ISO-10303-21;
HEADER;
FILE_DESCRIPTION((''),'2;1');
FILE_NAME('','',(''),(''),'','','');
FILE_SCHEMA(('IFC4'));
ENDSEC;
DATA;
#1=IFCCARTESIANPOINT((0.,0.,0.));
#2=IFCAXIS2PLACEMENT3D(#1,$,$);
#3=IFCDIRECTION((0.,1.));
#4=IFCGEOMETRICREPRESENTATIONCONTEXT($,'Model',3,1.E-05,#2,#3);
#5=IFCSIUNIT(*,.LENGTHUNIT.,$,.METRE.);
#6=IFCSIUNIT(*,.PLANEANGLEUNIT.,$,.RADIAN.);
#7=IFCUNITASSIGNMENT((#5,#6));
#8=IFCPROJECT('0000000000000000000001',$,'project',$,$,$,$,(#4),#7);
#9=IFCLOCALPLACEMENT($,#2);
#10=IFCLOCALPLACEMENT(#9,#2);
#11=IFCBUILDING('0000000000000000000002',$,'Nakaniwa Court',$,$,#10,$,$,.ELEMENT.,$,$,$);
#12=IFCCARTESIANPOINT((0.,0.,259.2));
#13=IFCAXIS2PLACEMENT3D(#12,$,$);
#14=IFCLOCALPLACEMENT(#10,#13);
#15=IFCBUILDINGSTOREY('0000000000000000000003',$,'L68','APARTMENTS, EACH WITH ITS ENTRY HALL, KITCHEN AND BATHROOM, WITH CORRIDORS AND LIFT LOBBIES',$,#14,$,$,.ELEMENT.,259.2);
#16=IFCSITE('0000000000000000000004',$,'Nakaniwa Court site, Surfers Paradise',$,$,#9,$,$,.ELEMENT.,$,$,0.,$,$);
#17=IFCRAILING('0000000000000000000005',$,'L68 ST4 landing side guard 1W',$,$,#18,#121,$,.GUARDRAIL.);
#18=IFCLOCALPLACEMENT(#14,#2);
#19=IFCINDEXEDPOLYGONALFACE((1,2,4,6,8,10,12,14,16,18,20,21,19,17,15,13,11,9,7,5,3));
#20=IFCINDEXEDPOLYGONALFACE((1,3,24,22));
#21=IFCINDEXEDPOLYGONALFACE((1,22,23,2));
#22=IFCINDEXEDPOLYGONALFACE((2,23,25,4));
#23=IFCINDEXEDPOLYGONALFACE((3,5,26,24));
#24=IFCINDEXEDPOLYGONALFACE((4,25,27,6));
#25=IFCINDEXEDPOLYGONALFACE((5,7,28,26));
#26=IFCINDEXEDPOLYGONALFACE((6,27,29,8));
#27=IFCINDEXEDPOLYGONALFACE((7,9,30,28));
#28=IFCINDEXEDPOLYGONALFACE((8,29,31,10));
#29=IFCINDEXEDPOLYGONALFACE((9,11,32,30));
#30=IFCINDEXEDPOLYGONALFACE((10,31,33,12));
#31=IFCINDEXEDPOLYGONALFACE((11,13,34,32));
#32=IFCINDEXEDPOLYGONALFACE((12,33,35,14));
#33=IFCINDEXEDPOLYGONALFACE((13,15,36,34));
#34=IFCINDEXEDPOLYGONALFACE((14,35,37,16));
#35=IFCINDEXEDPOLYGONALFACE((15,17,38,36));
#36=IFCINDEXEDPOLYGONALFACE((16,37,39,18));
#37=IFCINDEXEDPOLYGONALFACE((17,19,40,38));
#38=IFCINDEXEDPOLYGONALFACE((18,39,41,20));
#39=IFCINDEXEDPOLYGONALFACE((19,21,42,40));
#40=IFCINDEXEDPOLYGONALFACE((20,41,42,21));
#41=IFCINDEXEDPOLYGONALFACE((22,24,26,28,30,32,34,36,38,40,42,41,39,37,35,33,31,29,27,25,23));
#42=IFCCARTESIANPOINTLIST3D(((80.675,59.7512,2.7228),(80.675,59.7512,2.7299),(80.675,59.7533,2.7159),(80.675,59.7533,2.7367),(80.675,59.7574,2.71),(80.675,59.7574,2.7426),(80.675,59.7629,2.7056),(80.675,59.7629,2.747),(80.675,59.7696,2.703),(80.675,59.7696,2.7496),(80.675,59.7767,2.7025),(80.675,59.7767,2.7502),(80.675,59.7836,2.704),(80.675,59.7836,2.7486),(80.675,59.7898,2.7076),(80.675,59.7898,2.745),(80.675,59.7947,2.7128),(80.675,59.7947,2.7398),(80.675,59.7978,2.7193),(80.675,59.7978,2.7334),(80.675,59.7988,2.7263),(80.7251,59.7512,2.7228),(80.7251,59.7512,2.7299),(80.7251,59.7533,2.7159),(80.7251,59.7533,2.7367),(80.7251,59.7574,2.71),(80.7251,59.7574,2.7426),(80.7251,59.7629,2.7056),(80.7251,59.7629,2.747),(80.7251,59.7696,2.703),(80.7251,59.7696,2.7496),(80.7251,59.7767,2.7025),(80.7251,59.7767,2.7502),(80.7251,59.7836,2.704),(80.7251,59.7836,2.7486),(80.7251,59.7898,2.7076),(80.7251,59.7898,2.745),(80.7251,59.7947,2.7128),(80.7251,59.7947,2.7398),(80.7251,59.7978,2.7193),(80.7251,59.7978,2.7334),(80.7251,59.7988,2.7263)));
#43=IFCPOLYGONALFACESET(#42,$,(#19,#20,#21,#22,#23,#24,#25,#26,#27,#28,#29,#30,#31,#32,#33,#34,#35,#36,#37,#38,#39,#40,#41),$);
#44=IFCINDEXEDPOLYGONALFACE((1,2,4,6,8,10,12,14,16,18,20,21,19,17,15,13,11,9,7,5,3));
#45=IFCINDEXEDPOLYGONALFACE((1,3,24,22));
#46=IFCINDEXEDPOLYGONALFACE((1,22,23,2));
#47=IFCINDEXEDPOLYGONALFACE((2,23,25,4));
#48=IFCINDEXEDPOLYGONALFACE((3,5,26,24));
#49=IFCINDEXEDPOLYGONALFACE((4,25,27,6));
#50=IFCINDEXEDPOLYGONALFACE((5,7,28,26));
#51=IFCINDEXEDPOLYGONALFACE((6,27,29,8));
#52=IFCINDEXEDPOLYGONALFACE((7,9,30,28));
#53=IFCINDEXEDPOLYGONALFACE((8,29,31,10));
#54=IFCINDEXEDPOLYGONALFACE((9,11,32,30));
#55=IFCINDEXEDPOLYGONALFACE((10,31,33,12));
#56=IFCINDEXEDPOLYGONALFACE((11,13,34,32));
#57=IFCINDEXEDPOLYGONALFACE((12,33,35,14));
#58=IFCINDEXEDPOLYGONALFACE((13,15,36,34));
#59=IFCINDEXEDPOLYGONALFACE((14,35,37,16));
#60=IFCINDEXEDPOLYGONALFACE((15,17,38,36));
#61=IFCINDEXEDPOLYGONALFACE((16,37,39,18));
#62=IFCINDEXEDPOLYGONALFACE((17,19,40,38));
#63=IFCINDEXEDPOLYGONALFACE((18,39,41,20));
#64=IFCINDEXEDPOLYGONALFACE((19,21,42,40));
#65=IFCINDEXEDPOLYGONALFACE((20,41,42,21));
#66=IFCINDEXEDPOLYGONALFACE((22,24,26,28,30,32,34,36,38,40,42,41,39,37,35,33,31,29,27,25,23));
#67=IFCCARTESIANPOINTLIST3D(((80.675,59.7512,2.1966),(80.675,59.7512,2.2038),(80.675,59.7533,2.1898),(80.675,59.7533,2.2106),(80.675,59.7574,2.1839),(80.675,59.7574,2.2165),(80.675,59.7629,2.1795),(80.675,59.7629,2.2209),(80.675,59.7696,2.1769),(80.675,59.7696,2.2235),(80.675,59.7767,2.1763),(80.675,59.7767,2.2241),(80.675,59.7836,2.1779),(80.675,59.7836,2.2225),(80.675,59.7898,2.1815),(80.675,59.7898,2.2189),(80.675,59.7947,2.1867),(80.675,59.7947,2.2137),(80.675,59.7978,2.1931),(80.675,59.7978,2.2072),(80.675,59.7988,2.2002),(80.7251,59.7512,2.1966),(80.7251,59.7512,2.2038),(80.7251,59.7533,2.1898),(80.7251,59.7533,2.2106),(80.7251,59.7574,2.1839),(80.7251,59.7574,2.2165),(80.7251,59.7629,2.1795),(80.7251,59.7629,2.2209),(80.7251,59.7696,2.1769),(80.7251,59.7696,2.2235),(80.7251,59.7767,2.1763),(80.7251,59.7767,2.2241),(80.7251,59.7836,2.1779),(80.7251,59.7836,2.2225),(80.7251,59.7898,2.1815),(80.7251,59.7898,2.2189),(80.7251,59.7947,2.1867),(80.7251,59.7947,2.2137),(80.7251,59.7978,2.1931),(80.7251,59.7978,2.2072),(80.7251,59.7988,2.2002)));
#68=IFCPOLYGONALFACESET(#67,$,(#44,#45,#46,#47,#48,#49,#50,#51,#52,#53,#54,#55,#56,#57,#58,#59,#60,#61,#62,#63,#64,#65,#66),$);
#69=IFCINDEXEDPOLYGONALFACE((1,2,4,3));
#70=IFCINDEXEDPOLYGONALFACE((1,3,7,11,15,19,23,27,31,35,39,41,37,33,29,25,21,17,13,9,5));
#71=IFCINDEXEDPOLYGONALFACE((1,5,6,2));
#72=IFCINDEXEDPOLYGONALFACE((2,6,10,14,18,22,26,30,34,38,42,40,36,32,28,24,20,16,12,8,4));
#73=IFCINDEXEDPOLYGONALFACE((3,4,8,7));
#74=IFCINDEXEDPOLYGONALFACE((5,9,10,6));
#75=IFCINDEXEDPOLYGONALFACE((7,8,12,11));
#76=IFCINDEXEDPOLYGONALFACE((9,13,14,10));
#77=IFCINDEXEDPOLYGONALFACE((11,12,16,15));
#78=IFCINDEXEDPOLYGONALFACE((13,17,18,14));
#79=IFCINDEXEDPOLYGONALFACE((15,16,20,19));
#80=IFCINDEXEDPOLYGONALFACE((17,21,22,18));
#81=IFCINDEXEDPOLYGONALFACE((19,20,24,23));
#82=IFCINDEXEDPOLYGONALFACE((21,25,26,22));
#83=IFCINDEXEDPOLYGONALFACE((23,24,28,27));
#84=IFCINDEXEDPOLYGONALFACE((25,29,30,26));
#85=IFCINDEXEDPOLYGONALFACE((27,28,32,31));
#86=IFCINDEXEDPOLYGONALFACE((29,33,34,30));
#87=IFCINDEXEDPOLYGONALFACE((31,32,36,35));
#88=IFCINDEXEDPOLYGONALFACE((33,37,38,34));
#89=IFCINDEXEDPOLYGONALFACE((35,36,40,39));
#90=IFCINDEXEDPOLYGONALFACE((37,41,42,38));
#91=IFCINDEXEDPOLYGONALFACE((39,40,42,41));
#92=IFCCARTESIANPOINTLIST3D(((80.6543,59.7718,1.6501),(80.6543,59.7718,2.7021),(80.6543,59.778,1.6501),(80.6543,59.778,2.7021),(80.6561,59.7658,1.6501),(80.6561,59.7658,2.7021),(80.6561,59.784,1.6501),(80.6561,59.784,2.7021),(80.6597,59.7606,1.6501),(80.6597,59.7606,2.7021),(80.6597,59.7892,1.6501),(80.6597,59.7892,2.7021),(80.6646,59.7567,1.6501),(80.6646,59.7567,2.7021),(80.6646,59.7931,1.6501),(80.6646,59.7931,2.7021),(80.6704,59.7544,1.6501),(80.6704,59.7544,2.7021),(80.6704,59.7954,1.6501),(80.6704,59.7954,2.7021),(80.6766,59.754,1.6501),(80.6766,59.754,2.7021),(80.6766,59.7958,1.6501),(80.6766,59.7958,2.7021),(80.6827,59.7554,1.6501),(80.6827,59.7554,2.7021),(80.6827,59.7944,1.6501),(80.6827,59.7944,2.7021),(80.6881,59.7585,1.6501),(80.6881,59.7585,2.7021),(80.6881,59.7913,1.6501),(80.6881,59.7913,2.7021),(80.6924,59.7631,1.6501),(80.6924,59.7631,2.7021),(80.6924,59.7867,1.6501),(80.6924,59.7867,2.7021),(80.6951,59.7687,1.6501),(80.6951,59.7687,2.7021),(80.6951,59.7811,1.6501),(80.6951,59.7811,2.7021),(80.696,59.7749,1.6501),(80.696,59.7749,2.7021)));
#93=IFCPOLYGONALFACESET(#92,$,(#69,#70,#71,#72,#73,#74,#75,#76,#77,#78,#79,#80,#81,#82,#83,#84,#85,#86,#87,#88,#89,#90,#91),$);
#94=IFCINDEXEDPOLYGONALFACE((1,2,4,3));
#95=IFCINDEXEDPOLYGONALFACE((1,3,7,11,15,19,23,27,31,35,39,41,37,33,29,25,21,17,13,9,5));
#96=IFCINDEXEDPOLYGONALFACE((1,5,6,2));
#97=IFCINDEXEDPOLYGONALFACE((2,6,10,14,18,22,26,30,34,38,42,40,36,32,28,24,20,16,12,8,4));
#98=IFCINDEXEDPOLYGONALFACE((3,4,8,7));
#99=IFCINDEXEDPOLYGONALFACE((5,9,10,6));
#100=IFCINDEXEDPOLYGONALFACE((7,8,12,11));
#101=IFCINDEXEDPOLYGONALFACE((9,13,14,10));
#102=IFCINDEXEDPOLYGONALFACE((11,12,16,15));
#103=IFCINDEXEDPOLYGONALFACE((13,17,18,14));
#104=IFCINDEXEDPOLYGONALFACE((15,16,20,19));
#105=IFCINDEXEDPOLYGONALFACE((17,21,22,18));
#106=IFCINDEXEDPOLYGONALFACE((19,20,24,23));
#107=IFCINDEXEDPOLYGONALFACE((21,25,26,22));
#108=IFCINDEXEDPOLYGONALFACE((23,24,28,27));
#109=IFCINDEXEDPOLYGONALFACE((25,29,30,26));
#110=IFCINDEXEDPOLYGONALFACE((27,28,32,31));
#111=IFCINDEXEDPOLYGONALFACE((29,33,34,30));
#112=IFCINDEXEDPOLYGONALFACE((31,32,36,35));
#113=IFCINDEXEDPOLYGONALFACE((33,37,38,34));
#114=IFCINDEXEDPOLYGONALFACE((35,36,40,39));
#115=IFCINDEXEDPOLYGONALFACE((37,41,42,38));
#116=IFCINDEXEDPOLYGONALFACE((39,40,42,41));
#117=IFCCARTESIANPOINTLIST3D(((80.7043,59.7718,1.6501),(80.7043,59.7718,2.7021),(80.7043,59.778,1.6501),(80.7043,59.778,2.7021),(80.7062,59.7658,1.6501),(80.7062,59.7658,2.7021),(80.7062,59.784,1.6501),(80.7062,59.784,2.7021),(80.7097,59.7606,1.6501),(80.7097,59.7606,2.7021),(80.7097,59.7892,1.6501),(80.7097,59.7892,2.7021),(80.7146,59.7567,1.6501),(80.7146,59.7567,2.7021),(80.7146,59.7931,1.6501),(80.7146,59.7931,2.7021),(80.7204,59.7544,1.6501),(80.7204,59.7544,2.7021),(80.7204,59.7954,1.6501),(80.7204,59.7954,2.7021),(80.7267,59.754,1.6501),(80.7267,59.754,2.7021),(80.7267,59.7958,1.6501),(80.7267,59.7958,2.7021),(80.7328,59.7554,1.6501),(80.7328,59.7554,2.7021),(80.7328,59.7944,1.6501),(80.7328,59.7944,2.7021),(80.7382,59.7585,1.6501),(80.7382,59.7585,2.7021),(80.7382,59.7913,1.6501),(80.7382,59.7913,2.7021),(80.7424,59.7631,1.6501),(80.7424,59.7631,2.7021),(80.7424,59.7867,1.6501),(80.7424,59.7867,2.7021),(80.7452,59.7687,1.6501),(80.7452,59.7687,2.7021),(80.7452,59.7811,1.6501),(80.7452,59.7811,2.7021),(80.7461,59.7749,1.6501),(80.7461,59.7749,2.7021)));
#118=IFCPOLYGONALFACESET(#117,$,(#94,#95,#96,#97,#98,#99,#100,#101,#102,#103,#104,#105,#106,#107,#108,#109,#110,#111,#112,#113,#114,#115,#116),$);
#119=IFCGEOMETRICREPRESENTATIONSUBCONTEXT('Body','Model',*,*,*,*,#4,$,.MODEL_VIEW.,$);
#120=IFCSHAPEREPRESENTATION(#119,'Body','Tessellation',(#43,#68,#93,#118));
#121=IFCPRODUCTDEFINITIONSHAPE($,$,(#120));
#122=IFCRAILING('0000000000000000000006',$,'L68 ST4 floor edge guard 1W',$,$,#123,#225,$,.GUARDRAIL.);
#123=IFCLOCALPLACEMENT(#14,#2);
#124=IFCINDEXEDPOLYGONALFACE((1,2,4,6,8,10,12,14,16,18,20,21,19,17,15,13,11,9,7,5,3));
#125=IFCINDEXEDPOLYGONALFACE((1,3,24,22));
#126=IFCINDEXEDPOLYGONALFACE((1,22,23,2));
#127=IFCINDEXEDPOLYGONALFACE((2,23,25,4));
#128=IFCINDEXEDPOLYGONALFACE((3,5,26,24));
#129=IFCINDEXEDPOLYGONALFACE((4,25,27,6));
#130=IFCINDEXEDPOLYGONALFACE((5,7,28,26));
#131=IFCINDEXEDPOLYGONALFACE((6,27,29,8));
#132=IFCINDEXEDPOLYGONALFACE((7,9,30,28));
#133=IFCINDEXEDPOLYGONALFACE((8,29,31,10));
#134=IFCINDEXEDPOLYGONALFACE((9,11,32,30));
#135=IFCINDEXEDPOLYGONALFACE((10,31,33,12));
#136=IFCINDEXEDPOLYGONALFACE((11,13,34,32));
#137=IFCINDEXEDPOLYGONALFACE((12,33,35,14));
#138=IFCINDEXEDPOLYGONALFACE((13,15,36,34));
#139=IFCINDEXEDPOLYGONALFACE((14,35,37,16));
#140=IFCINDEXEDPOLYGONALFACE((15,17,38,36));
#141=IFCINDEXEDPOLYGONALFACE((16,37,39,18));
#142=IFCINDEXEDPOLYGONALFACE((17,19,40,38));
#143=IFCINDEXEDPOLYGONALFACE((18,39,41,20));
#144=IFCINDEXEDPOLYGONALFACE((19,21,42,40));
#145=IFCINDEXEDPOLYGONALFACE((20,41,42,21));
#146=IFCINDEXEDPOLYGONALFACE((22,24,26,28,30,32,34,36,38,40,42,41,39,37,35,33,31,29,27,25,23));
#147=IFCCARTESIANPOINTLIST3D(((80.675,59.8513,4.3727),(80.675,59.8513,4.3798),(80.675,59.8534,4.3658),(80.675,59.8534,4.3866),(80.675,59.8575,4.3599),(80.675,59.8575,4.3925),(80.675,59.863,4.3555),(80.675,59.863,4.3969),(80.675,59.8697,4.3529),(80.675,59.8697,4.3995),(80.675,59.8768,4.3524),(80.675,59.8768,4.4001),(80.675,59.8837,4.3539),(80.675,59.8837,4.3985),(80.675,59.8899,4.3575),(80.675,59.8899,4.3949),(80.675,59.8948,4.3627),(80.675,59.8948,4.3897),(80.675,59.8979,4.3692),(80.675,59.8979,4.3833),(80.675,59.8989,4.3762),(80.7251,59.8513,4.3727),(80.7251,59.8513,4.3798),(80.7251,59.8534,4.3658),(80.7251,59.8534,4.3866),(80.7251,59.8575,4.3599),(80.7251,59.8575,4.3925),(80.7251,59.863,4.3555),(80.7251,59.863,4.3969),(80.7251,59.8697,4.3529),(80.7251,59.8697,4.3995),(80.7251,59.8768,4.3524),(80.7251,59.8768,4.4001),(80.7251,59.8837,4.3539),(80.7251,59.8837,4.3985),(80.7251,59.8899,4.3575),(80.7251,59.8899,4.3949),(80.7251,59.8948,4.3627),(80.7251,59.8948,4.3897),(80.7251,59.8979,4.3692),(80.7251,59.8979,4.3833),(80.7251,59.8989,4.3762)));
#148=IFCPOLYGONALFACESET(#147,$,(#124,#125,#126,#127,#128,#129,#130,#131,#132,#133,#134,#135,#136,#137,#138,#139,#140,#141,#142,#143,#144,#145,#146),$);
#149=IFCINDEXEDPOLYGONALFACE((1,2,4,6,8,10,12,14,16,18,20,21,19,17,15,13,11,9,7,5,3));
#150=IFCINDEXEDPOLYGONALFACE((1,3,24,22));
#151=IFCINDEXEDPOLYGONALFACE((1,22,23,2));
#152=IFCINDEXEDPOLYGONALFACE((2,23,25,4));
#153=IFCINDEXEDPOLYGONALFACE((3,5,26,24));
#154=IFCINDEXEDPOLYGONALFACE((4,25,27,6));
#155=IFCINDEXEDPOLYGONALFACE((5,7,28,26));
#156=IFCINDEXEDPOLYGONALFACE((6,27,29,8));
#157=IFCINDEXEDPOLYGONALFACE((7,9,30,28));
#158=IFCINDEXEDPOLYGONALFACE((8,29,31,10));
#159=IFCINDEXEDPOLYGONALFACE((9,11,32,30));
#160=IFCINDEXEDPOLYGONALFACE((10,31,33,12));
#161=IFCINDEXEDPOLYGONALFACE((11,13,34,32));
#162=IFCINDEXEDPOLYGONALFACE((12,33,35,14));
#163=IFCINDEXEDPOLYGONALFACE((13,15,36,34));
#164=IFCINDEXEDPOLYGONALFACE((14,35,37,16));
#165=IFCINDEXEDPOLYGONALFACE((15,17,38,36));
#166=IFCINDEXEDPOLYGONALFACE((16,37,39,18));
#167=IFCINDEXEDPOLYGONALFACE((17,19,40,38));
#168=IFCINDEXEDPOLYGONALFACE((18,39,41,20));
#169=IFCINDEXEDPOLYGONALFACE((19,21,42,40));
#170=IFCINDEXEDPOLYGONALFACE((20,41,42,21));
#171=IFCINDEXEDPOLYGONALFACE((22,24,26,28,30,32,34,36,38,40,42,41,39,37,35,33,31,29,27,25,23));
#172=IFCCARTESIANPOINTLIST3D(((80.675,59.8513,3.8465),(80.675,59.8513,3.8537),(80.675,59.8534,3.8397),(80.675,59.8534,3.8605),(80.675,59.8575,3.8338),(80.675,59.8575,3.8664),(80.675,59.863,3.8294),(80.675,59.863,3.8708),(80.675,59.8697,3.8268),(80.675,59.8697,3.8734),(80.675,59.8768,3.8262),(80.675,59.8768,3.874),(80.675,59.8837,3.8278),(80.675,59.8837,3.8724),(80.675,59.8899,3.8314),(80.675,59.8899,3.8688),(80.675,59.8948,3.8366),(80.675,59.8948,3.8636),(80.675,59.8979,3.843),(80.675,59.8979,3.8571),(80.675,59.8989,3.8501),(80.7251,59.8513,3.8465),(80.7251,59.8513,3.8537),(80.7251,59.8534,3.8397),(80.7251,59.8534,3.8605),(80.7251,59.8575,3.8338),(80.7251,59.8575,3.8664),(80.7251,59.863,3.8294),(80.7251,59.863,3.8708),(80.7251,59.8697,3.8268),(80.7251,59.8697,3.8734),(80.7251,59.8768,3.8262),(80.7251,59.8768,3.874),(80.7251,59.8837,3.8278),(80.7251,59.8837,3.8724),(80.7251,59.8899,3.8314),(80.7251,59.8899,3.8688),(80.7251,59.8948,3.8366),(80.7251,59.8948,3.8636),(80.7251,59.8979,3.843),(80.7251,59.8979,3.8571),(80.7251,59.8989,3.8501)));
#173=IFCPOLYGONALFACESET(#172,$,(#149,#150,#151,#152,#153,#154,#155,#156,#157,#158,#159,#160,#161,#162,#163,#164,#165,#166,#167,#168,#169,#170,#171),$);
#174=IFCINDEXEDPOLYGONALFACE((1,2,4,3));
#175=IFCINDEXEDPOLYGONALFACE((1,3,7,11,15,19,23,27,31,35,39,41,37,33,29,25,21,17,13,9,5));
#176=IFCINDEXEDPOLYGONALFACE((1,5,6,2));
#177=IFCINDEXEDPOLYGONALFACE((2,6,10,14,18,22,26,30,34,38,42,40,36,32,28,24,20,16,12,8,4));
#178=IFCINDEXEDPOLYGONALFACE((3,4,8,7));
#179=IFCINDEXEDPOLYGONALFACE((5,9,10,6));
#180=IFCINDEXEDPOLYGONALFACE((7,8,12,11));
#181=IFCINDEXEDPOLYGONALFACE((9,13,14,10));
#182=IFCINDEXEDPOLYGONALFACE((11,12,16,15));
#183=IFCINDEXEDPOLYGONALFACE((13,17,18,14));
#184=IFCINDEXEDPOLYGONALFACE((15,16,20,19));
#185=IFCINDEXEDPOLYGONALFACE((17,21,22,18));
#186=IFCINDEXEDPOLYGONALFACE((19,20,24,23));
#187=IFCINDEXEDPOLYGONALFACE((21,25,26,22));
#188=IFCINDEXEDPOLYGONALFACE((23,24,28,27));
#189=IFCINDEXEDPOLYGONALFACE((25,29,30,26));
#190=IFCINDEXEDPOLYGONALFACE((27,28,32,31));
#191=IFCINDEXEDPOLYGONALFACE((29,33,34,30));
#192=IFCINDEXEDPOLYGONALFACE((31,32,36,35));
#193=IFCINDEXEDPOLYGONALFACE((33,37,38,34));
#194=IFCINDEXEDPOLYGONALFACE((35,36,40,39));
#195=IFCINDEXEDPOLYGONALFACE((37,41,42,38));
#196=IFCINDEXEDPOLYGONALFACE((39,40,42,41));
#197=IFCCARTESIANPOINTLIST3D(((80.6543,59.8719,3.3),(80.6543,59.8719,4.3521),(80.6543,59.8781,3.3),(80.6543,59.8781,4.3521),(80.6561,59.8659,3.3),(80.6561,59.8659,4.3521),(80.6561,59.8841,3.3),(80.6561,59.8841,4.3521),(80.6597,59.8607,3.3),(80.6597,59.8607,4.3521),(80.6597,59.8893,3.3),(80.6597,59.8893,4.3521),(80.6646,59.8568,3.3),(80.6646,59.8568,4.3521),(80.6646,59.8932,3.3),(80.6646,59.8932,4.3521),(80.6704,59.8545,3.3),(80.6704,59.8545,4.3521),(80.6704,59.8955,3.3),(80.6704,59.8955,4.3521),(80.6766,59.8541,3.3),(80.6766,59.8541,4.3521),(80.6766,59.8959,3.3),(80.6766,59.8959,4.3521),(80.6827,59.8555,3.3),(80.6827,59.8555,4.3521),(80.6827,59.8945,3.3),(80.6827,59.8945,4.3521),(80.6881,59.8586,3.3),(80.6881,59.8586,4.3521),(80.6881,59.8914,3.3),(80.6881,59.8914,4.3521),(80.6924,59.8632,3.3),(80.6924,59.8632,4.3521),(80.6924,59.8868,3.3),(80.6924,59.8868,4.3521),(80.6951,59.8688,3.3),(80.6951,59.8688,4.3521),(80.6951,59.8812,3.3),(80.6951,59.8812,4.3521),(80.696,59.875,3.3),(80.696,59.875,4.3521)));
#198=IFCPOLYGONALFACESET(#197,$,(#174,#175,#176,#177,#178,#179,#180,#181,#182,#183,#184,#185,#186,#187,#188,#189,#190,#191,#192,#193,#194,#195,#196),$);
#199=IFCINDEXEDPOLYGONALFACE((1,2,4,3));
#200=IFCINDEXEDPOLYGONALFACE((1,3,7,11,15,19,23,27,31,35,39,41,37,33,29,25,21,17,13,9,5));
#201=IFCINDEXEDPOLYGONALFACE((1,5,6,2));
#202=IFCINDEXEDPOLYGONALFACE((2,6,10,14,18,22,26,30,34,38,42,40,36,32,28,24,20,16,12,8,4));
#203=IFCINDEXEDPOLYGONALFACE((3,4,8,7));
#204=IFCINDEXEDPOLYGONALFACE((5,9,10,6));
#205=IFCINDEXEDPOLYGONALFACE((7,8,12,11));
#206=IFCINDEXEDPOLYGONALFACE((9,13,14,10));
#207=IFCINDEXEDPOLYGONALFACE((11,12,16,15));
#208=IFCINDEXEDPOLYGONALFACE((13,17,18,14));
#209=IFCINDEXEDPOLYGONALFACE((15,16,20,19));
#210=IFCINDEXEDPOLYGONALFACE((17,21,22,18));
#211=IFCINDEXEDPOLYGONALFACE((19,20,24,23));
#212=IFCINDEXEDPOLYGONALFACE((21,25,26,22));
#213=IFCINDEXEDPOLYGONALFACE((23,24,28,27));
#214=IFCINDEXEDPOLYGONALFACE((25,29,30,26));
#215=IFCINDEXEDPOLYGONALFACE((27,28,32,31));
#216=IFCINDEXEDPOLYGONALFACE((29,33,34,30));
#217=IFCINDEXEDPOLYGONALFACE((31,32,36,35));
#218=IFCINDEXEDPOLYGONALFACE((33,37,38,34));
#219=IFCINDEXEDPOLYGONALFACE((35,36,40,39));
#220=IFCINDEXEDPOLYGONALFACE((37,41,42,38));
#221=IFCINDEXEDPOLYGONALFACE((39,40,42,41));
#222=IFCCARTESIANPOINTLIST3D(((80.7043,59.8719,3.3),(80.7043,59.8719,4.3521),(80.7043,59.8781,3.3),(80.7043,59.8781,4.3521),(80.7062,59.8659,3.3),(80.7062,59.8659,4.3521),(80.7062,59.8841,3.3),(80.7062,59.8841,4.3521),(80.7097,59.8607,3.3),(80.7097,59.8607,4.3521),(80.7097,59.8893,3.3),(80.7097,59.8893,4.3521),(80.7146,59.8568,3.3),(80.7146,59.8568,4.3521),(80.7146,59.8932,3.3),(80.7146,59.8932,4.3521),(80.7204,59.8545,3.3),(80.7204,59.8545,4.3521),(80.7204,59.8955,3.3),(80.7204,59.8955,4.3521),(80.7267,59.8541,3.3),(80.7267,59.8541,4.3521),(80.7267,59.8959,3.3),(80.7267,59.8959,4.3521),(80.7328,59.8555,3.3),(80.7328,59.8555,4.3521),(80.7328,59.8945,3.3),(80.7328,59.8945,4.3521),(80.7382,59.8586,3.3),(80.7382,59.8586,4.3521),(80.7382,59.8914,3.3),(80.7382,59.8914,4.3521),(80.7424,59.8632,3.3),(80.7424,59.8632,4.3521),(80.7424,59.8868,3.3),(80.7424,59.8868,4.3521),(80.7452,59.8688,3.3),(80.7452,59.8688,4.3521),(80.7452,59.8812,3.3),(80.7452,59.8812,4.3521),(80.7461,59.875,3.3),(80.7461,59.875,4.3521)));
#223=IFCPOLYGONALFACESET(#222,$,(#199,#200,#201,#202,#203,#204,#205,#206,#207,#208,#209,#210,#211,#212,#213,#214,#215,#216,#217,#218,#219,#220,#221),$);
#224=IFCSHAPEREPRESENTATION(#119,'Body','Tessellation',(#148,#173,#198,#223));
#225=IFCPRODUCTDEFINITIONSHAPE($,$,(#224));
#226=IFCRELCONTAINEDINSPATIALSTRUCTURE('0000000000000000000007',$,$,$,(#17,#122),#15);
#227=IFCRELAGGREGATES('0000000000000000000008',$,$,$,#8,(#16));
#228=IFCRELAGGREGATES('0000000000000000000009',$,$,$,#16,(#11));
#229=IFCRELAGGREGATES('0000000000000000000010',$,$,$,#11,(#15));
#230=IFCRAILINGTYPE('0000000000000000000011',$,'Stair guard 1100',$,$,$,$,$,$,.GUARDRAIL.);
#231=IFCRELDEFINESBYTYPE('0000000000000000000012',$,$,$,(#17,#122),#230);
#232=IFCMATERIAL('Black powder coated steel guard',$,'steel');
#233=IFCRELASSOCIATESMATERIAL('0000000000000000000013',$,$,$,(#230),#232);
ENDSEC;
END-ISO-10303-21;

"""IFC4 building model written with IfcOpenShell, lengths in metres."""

from ifc_helpers import new_model, si_unit, direction, frame, origin, origin_2d, place, context, subcontext, project, spatial, circle, extrude, material, type_object, element, save


model = new_model("IFC4")

# Units and contexts
model_context = context("Model", 3, precision=1e-05, world=origin(), true_north=direction((0.0, 1.0)))
body_context = subcontext(model_context, "Body", "Model", "MODEL_VIEW")
ifc_project = project(units=[si_unit("LENGTHUNIT", "METRE"), si_unit("PLANEANGLEUNIT", "RADIAN")], contexts=[model_context])

# Site, building, storey
site_placement = place(None, origin())
site = spatial("IfcSite", under=ifc_project, at=site_placement, Name="Nakaniwa Court site, Surfers Paradise", CompositionType="ELEMENT", RefElevation=0.0)
building_placement = place(site_placement, origin())
building = spatial("IfcBuilding", under=site, at=building_placement, Name="Nakaniwa Court", CompositionType="ELEMENT")
storey_placement = place(building_placement, frame((0.0, 0.0, 259.2)))
storey = spatial("IfcBuildingStorey", under=building, at=storey_placement, Name="L68", Description="APARTMENTS, EACH WITH ITS ENTRY HALL, KITCHEN AND BATHROOM, WITH CORRIDORS AND LIFT LOBBIES", CompositionType="ELEMENT", Elevation=259.2)

# Railings
ifc_material_1 = material(Name="Black powder coated steel guard", Category="steel")
railing_type_1 = type_object("IfcRailingType", Name="Stair guard 1100", PredefinedType="GUARDRAIL", material=ifc_material_1)
for number, where, name in (
    (1, (80.675, 59.7749, 1.6501), "L68 ST4 landing side guard 1W"),
    (2, (80.675, 59.875, 3.3), "L68 ST4 floor edge guard 1W"),
):
    element("IfcRailing", number, at=place(storey_placement, frame(where)), inside=storey, type_object=railing_type_1, Name=name, PredefinedType="GUARDRAIL", context=body_context, shape_type="SweptSolid", body=[
        extrude(circle(Radius=0.0239, at=origin_2d()), frame((0.0, 0.0, 1.0762), z_axis=(1.0, 0.0, 0.0), x_axis=(0.0, 1.0, 0.0)), (0.0, 0.0, 1.0), 0.05),
        extrude(circle(Radius=0.0239, at=origin_2d()), frame((0.0, 0.0, 0.55), z_axis=(1.0, 0.0, 0.0), x_axis=(0.0, 1.0, 0.0)), (0.0, 0.0, 1.0), 0.05),
        extrude(circle(Radius=0.021, at=origin_2d()), origin(), (0.0, 0.0, 1.0), 1.052),
        extrude(circle(Radius=0.021, at=origin_2d()), frame((0.05, 0.0, 0.0)), (0.0, 0.0, 1.0), 1.052),
    ])

save(model, "model.ifc")
